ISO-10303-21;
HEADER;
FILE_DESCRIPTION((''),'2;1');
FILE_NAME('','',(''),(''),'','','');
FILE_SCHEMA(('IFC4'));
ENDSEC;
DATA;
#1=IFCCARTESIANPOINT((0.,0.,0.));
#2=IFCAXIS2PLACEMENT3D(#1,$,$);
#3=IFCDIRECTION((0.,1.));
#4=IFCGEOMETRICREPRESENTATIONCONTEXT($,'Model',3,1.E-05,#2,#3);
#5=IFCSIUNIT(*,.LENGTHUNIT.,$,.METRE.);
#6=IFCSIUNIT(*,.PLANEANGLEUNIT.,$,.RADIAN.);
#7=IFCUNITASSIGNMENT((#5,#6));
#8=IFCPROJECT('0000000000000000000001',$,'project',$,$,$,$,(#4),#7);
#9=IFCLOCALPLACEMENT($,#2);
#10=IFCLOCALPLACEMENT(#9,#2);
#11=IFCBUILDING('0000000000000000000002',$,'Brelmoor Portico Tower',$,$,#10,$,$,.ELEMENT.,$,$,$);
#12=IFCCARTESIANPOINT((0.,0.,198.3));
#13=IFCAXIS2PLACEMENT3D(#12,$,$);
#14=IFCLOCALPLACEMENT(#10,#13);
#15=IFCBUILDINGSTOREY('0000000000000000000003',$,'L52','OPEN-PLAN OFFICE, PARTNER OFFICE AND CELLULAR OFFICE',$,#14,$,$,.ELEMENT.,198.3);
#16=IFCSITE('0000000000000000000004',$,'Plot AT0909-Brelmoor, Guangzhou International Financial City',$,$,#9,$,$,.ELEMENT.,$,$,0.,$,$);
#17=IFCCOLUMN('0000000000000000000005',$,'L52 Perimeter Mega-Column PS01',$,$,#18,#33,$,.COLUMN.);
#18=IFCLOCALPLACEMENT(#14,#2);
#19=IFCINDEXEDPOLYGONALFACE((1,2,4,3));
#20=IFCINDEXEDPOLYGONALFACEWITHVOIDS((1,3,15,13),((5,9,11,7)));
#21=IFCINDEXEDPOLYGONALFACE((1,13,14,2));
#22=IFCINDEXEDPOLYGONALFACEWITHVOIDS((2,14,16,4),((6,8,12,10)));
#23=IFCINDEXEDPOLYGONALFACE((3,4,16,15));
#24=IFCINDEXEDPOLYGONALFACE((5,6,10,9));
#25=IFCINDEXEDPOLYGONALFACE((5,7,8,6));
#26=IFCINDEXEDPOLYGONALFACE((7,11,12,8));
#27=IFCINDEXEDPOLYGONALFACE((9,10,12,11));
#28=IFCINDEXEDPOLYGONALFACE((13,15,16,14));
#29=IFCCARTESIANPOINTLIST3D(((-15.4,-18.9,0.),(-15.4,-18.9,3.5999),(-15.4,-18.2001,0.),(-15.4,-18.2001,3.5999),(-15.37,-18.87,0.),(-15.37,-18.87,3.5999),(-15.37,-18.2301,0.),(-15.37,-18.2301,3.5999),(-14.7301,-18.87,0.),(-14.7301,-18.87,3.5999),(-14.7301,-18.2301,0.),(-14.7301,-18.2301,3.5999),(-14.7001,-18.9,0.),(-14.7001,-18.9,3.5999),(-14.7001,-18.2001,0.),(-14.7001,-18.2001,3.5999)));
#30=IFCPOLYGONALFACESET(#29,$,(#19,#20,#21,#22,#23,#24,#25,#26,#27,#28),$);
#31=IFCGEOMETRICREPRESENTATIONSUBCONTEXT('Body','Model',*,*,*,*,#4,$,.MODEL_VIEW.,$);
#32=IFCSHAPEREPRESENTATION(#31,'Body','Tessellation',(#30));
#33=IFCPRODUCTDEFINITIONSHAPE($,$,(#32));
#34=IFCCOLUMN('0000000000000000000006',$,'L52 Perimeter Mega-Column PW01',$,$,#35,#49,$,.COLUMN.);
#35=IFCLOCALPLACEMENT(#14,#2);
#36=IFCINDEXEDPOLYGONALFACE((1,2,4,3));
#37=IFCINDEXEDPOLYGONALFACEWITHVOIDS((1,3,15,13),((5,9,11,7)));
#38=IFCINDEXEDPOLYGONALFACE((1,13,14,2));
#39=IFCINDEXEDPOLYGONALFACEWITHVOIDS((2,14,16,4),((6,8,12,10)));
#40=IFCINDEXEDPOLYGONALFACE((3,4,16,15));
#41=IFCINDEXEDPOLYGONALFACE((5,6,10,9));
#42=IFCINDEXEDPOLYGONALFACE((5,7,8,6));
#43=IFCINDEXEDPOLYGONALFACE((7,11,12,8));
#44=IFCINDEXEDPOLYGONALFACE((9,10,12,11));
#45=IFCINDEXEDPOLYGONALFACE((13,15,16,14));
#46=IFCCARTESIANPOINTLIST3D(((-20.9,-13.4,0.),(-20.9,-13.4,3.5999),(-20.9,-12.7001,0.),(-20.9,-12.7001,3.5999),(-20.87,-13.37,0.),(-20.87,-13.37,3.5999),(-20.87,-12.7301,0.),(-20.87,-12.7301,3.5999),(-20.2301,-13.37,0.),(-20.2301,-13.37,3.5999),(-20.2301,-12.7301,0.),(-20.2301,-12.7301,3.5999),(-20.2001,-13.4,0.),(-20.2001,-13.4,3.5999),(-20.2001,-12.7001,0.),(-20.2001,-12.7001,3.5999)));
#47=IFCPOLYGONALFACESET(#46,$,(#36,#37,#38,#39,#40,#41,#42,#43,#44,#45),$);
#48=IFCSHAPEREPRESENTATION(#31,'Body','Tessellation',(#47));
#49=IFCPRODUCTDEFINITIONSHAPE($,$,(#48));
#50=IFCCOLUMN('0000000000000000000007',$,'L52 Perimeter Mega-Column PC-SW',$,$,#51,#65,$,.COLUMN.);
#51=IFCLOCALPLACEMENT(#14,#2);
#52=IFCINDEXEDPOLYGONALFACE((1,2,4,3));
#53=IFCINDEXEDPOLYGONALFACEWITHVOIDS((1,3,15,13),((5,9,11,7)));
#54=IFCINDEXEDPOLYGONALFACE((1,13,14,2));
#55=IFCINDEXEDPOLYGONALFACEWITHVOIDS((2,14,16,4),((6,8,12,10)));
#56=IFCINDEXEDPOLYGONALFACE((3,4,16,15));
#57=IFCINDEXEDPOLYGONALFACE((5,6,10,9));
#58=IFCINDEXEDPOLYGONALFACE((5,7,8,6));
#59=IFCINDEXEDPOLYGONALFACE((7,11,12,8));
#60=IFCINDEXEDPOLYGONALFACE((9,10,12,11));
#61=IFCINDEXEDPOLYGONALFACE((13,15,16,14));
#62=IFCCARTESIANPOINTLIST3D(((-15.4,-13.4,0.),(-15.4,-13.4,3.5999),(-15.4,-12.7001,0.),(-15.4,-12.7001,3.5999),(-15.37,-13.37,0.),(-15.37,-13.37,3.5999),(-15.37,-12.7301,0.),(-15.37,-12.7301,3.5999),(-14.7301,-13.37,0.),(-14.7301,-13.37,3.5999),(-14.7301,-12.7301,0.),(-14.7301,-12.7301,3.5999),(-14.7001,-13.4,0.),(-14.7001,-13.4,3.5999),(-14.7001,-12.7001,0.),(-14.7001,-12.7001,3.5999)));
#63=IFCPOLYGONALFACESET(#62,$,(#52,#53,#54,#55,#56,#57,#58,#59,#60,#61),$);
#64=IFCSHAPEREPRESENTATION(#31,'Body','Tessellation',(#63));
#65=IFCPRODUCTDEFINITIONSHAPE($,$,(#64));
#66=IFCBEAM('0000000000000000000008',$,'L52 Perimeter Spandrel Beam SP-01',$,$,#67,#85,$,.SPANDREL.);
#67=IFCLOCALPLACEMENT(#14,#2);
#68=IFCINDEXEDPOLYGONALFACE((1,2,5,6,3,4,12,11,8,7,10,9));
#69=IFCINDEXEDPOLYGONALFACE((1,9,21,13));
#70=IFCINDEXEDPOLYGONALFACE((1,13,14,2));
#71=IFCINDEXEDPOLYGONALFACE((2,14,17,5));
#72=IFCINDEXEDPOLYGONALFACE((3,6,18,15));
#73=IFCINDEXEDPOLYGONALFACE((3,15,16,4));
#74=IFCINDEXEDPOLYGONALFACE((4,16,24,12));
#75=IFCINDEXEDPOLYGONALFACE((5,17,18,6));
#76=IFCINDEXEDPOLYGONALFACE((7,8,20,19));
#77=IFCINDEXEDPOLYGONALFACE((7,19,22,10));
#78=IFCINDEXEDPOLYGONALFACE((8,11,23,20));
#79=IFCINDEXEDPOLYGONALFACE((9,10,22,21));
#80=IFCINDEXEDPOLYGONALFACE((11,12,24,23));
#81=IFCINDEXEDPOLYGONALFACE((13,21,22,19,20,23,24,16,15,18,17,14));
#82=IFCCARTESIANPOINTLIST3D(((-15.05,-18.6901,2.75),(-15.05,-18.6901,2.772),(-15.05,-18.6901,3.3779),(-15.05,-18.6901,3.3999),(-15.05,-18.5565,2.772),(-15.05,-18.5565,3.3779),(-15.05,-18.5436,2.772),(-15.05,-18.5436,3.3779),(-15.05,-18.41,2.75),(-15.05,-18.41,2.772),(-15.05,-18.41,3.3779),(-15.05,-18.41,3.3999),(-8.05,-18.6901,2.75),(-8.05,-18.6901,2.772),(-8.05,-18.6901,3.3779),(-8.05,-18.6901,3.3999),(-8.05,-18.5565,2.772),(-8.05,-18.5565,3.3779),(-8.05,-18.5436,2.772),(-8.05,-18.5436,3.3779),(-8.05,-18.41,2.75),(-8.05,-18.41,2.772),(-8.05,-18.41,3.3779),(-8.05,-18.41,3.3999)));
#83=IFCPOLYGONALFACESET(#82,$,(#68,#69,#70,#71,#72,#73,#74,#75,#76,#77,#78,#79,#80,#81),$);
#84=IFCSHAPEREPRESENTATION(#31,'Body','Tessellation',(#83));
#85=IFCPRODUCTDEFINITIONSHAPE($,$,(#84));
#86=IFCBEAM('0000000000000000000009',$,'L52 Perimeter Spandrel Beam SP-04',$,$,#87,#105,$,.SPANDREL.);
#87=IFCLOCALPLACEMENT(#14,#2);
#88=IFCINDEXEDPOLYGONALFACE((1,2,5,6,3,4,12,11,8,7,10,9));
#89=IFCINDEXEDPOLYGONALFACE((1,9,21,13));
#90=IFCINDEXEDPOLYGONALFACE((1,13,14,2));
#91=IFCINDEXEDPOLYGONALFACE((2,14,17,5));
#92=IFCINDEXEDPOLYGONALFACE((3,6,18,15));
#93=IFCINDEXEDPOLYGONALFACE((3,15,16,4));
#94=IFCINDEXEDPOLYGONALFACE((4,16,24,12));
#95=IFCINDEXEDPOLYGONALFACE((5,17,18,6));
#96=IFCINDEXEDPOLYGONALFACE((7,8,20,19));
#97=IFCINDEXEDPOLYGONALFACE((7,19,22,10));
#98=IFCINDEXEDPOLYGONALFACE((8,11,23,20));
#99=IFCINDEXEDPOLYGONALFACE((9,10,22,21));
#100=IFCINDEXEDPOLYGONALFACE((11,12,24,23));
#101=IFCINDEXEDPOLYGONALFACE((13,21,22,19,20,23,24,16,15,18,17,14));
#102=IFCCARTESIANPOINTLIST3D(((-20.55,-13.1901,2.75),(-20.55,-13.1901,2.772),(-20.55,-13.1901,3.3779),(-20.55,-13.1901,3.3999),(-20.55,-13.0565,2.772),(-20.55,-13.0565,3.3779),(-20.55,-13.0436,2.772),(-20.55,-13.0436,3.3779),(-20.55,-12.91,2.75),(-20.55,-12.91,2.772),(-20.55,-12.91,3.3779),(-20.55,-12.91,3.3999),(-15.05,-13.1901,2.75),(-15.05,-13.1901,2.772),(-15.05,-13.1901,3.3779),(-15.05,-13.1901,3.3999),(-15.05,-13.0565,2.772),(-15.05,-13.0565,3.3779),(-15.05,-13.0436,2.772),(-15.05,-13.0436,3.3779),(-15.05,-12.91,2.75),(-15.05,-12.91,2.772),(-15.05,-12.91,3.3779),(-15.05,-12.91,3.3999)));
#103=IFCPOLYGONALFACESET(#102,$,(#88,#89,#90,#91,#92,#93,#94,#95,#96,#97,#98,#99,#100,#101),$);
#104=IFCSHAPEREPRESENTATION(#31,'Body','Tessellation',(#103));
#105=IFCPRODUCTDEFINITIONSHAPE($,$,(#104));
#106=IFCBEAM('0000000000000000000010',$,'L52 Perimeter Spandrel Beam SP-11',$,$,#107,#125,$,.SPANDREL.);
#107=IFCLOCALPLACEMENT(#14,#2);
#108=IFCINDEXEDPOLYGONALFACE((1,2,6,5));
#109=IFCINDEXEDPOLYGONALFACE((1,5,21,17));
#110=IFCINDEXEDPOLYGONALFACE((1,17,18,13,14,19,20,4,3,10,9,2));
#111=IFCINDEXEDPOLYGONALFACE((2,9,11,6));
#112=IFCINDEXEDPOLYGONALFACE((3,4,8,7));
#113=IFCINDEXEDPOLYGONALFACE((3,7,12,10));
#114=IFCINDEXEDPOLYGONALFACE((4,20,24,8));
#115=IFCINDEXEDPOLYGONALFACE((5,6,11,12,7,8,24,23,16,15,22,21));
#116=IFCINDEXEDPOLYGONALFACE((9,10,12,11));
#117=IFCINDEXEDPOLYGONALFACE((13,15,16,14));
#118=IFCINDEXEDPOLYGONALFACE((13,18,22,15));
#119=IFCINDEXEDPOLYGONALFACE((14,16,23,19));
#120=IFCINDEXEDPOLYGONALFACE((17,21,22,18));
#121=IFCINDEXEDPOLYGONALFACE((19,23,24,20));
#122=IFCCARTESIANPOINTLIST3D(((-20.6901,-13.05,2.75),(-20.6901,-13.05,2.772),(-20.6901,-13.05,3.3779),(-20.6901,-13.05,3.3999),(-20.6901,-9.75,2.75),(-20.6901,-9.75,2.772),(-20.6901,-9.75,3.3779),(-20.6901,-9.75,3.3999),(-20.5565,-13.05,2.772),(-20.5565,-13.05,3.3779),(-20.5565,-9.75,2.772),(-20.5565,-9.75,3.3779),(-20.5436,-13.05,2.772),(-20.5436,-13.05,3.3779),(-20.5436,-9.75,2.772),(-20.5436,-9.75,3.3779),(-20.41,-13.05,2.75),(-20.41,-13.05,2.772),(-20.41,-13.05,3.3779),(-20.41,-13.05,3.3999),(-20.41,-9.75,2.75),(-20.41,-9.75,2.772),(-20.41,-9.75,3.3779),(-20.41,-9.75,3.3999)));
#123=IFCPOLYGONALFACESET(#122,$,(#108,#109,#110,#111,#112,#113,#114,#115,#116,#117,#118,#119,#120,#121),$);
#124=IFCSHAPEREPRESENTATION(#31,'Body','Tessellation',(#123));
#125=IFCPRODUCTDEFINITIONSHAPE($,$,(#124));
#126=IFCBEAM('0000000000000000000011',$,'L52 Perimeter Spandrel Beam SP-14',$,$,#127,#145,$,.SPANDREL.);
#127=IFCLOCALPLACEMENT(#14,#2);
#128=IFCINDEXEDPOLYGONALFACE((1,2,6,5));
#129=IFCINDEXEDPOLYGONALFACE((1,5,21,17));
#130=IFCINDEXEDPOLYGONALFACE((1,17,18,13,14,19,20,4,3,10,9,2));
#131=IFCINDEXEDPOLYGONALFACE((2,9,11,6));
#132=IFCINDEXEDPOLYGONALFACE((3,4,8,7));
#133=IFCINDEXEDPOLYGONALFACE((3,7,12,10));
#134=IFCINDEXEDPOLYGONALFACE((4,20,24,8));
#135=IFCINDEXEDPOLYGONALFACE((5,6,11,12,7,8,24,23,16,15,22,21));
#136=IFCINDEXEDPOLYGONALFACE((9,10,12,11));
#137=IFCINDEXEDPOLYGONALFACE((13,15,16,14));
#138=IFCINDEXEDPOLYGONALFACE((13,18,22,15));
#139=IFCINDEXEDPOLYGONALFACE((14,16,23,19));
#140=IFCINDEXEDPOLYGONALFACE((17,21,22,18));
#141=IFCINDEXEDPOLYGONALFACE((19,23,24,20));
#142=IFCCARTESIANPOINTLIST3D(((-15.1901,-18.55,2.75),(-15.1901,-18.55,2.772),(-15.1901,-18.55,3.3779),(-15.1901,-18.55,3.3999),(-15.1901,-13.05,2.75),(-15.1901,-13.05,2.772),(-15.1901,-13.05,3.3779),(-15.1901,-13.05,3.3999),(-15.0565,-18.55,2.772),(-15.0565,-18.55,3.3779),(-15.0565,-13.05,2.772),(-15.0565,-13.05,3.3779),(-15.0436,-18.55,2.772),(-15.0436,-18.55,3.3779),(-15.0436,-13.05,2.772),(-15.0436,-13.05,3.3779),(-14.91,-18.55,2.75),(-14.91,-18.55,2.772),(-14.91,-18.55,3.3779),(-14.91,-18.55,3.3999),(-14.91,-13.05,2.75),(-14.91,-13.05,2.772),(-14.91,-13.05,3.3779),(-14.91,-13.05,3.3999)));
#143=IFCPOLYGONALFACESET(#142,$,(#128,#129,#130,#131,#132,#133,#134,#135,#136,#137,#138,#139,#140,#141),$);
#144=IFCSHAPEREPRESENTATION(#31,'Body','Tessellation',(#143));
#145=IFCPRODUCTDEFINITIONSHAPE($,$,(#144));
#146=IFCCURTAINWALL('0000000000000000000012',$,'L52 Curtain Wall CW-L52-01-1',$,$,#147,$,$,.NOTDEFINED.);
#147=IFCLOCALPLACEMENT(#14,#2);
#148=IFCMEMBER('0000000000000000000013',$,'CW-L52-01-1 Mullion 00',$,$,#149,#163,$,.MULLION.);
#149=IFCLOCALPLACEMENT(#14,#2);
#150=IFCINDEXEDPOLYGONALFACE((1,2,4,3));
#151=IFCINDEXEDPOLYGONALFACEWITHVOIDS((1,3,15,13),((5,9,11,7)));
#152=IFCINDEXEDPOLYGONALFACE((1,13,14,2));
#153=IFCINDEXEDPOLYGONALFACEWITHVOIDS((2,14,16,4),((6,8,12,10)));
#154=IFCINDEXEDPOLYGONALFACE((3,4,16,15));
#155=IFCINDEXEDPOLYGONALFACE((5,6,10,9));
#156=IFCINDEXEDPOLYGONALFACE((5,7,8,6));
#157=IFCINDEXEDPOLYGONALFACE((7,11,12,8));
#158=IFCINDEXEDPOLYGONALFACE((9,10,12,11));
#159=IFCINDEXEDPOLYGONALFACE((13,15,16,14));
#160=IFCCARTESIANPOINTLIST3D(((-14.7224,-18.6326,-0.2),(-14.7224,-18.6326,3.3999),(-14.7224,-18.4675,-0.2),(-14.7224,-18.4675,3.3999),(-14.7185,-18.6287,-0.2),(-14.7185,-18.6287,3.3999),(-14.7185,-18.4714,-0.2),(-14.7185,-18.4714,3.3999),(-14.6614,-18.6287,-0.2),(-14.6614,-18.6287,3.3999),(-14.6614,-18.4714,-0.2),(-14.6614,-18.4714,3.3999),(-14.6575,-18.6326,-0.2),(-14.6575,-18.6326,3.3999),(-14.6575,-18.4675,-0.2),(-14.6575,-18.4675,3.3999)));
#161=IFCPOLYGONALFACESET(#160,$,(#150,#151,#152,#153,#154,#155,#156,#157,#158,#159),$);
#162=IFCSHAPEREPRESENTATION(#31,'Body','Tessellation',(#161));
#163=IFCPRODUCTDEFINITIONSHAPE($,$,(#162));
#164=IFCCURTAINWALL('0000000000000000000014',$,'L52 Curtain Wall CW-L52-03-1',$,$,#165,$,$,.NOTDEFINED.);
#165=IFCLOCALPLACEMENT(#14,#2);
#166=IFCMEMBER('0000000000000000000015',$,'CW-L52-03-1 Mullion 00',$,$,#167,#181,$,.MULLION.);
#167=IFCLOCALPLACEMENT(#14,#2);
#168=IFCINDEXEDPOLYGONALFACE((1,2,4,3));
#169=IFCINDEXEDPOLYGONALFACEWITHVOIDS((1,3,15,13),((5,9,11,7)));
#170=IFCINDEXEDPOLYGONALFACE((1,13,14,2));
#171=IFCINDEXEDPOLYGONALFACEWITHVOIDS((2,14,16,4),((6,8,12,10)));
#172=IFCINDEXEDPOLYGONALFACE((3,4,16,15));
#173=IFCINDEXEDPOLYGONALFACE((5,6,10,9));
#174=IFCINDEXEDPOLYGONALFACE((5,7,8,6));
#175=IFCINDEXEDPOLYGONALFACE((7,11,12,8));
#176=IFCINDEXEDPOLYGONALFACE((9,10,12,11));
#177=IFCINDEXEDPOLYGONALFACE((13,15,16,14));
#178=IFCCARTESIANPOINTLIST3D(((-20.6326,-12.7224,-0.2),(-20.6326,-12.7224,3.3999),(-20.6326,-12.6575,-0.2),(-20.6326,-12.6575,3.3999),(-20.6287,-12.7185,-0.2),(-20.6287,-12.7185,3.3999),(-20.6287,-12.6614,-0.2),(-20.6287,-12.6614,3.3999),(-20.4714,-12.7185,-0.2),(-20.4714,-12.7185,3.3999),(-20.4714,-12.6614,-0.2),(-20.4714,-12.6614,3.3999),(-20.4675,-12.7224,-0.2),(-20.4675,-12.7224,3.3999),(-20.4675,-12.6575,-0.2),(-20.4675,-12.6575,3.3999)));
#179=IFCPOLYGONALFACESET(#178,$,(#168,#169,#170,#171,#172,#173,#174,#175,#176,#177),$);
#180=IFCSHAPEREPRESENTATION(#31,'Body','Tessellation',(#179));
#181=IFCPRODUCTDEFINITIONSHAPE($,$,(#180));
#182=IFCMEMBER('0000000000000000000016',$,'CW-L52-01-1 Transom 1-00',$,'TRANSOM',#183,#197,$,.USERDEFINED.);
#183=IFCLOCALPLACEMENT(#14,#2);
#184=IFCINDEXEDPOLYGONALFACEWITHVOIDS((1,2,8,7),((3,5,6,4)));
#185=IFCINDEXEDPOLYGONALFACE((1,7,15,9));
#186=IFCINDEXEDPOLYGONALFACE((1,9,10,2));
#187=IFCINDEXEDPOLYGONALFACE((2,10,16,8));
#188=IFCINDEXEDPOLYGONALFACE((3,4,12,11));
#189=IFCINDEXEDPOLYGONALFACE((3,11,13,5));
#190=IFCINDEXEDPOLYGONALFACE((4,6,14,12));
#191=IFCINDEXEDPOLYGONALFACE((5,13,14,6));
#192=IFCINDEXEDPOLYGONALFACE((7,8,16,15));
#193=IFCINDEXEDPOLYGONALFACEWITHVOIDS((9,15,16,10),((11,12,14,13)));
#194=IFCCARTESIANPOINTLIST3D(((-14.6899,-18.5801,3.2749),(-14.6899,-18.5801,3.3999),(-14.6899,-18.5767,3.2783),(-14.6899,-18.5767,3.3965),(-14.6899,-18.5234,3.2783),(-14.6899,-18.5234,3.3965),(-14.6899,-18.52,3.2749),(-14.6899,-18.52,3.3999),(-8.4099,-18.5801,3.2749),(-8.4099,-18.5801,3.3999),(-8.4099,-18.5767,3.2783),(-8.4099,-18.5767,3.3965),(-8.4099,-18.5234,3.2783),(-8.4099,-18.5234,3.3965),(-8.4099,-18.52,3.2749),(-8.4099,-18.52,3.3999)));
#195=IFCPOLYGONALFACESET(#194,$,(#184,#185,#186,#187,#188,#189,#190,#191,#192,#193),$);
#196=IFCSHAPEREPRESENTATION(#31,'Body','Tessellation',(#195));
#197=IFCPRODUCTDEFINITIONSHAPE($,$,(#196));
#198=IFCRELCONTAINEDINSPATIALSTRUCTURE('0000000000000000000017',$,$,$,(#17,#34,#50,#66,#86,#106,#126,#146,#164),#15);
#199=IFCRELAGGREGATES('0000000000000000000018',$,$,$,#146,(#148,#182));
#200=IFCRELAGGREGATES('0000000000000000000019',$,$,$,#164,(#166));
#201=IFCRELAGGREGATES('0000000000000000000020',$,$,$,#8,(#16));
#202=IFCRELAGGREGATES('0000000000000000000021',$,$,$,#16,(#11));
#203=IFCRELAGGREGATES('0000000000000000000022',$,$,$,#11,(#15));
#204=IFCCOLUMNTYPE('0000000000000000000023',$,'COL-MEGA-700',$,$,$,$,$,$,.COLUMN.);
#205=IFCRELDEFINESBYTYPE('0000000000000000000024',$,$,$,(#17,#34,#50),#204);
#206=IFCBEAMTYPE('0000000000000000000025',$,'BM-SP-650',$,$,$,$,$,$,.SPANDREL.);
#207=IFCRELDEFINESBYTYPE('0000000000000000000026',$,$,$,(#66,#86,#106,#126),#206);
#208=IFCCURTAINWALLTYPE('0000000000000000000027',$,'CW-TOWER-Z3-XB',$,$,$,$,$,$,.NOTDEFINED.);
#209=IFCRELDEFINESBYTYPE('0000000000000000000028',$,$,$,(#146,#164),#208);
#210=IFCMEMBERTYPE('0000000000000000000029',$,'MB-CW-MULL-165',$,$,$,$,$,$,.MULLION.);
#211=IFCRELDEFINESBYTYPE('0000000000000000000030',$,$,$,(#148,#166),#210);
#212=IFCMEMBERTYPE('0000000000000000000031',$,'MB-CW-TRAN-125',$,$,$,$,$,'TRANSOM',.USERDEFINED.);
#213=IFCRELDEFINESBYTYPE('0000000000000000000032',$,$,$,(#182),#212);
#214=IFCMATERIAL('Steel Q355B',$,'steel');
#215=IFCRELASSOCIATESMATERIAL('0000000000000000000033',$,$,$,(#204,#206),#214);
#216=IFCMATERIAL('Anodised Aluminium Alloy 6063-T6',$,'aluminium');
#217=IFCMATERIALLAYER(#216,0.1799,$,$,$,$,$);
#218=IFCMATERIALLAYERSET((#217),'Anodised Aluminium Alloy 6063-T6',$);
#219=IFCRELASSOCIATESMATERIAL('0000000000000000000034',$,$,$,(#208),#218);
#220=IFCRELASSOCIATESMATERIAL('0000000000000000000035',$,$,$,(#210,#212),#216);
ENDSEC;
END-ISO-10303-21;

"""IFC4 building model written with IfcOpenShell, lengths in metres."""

from ifc_helpers import new_model, si_unit, direction, frame, origin, origin_2d, place, context, subcontext, project, spatial, hollow_rectangle, i_section, extrude, material, layer, layer_set, material_profile, profile_set, type_object, element, aggregate, save


model = new_model("IFC4")

# Units and contexts
model_context = context("Model", 3, precision=1e-05, world=origin(), true_north=direction((0.0, 1.0)))
body_context = subcontext(model_context, "Body", "Model", "MODEL_VIEW")
ifc_project = project(units=[si_unit("LENGTHUNIT", "METRE"), si_unit("PLANEANGLEUNIT", "RADIAN")], contexts=[model_context])

# Site, building, storey
site_placement = place(None, origin())
site = spatial("IfcSite", under=ifc_project, at=site_placement, Name="Plot AT0909-Brelmoor, Guangzhou International Financial City", CompositionType="ELEMENT", RefElevation=0.0)
building_placement = place(site_placement, origin())
building = spatial("IfcBuilding", under=site, at=building_placement, Name="Brelmoor Portico Tower", CompositionType="ELEMENT")
storey_placement = place(building_placement, frame((0.0, 0.0, 198.3)))
storey = spatial("IfcBuildingStorey", under=building, at=storey_placement, Name="L52", Description="OPEN-PLAN OFFICE, PARTNER OFFICE AND CELLULAR OFFICE", CompositionType="ELEMENT", Elevation=198.3)

# Columns
ifc_material_1 = material(Name="Steel Q355B", Category="steel")
ifc_material_profile_1 = material_profile(ifc_material_1, hollow_rectangle(XDim=0.7, YDim=0.7, WallThickness=0.03, at=origin_2d()), Name="BOX 700x700x30")
ifc_profile_set_1 = profile_set([ifc_material_profile_1], Name="Steel Q355B")
column_type = type_object("IfcColumnType", Name="COL-MEGA-700", PredefinedType="COLUMN", material=ifc_profile_set_1)
for number, where, z_axis, x_axis, name in (
    (1, (-15.05, -18.55, 0.0), (0.0, 0.0, 1.0), (1.0, 0.0, 0.0), "L52 Perimeter Mega-Column PS01"),
    (2, (-20.55, -13.05, 0.0), (0.0, 0.0, 1.0), (0.0, 1.0, 0.0), "L52 Perimeter Mega-Column PW01"),
    (3, (-15.05, -13.05, 0.0), (0.0, 0.0, 1.0), (1.0, 0.0, 0.0), "L52 Perimeter Mega-Column PC-SW"),
):
    element("IfcColumn", number, at=place(storey_placement, frame(where, z_axis=z_axis, x_axis=x_axis)), inside=storey, type_object=column_type, Name=name, PredefinedType="COLUMN", context=body_context, shape_type="SweptSolid", body=[
        extrude(hollow_rectangle(XDim=0.7, YDim=0.7, WallThickness=0.03, at=origin_2d()), origin(), (0.0, 0.0, 1.0), 3.5999),
    ])

# Beams
ifc_material_profile_2 = material_profile(ifc_material_1, i_section(OverallWidth=0.28, OverallDepth=0.6499, WebThickness=0.0129, FlangeThickness=0.022, at=origin_2d()), Name="HN 650x280x13x22")
ifc_profile_set_2 = profile_set([ifc_material_profile_2], Name="Steel Q355B")
beam_type = type_object("IfcBeamType", Name="BM-SP-650", PredefinedType="SPANDREL", material=ifc_profile_set_2)
beam_1_placement = place(storey_placement, frame((-15.05, -18.55, 3.075), z_axis=(1.0, 0.0, 0.0), x_axis=(0.0, 1.0, 0.0)))
element("IfcBeam", 4, at=beam_1_placement, inside=storey, type_object=beam_type, Name="L52 Perimeter Spandrel Beam SP-01", PredefinedType="SPANDREL", context=body_context, shape_type="SweptSolid", body=[
    extrude(i_section(OverallWidth=0.28, OverallDepth=0.6499, WebThickness=0.0129, FlangeThickness=0.022, at=origin_2d()), origin(), (0.0, 0.0, 1.0), 7.0),
])
beam_2_placement = place(storey_placement, frame((-20.55, -13.05, 3.075), z_axis=(1.0, 0.0, 0.0), x_axis=(0.0, 1.0, 0.0)))
element("IfcBeam", 5, at=beam_2_placement, inside=storey, type_object=beam_type, Name="L52 Perimeter Spandrel Beam SP-04", PredefinedType="SPANDREL", context=body_context, shape_type="SweptSolid", body=[
    extrude(i_section(OverallWidth=0.28, OverallDepth=0.6499, WebThickness=0.0129, FlangeThickness=0.022, at=origin_2d()), origin(), (0.0, 0.0, 1.0), 5.5),
])
beam_3_placement = place(storey_placement, frame((-20.55, -13.05, 3.075), z_axis=(0.0, 1.0, 0.0), x_axis=(-1.0, 0.0, 0.0)))
element("IfcBeam", 6, at=beam_3_placement, inside=storey, type_object=beam_type, Name="L52 Perimeter Spandrel Beam SP-11", PredefinedType="SPANDREL", context=body_context, shape_type="SweptSolid", body=[
    extrude(i_section(OverallWidth=0.28, OverallDepth=0.6499, WebThickness=0.0129, FlangeThickness=0.022, at=origin_2d()), origin(), (0.0, 0.0, 1.0), 3.3),
])
beam_4_placement = place(storey_placement, frame((-15.05, -18.55, 3.075), z_axis=(0.0, 1.0, 0.0), x_axis=(-1.0, 0.0, 0.0)))
element("IfcBeam", 7, at=beam_4_placement, inside=storey, type_object=beam_type, Name="L52 Perimeter Spandrel Beam SP-14", PredefinedType="SPANDREL", context=body_context, shape_type="SweptSolid", body=[
    extrude(i_section(OverallWidth=0.28, OverallDepth=0.6499, WebThickness=0.0129, FlangeThickness=0.022, at=origin_2d()), origin(), (0.0, 0.0, 1.0), 5.5),
])

# Curtain walls, members
ifc_material_2 = material(Name="Anodised Aluminium Alloy 6063-T6", Category="aluminium")
ifc_layer_1 = layer(ifc_material_2, 0.1799)
ifc_layer_set_1 = layer_set([ifc_layer_1], Name="Anodised Aluminium Alloy 6063-T6")
curtain_wall_type = type_object("IfcCurtainWallType", Name="CW-TOWER-Z3-XB", PredefinedType="NOTDEFINED", material=ifc_layer_set_1)
curtain_wall_1_placement = place(storey_placement, origin())
curtain_wall_1 = element("IfcCurtainWall", 8, at=curtain_wall_1_placement, inside=storey, type_object=curtain_wall_type, Name="L52 Curtain Wall CW-L52-01-1", PredefinedType="NOTDEFINED")
ifc_material_profile_3 = material_profile(ifc_material_2, hollow_rectangle(XDim=0.0649, YDim=0.165, WallThickness=0.0039, at=origin_2d()), Name="ALU MULLION 65x165")
ifc_profile_set_3 = profile_set([ifc_material_profile_3], Name="Anodised Aluminium Alloy 6063-T6")
member_type_1 = type_object("IfcMemberType", Name="MB-CW-MULL-165", PredefinedType="MULLION", material=ifc_profile_set_3)
member_1_placement = place(storey_placement, frame((-14.6899, -18.55, -0.2), z_axis=(0.0, 0.0, 1.0), x_axis=(1.0, 0.0, 0.0)))
member_1 = element("IfcMember", 9, at=member_1_placement, type_object=member_type_1, Name="CW-L52-01-1 Mullion 00", PredefinedType="MULLION", context=body_context, shape_type="SweptSolid", body=[
    extrude(hollow_rectangle(XDim=0.0649, YDim=0.165, WallThickness=0.0039, at=origin_2d()), origin(), (0.0, 0.0, 1.0), 3.5999),
])
curtain_wall_2_placement = place(storey_placement, origin())
curtain_wall_2 = element("IfcCurtainWall", 10, at=curtain_wall_2_placement, inside=storey, type_object=curtain_wall_type, Name="L52 Curtain Wall CW-L52-03-1", PredefinedType="NOTDEFINED")
member_2_placement = place(storey_placement, frame((-20.55, -12.6899, -0.2), z_axis=(0.0, 0.0, 1.0), x_axis=(0.0, 1.0, 0.0)))
member_2 = element("IfcMember", 11, at=member_2_placement, type_object=member_type_1, Name="CW-L52-03-1 Mullion 00", PredefinedType="MULLION", context=body_context, shape_type="SweptSolid", body=[
    extrude(hollow_rectangle(XDim=0.0649, YDim=0.165, WallThickness=0.0039, at=origin_2d()), origin(), (0.0, 0.0, 1.0), 3.5999),
])

# Member
ifc_material_profile_4 = material_profile(ifc_material_2, hollow_rectangle(XDim=0.0601, YDim=0.125, WallThickness=0.0034, at=origin_2d()), Name="ALU TRANSOM 60x125")
ifc_profile_set_4 = profile_set([ifc_material_profile_4], Name="Anodised Aluminium Alloy 6063-T6")
member_type_2 = type_object("IfcMemberType", Name="MB-CW-TRAN-125", ElementType="TRANSOM", PredefinedType="USERDEFINED", material=ifc_profile_set_4)
member_3_placement = place(storey_placement, frame((-14.6899, -18.55, 3.3374), z_axis=(1.0, 0.0, 0.0), x_axis=(0.0, 1.0, 0.0)))
member_3 = element("IfcMember", 12, at=member_3_placement, type_object=member_type_2, Name="CW-L52-01-1 Transom 1-00", ObjectType="TRANSOM", PredefinedType="USERDEFINED", context=body_context, shape_type="SweptSolid", body=[
    extrude(hollow_rectangle(XDim=0.0601, YDim=0.125, WallThickness=0.0034, at=origin_2d()), origin(), (0.0, 0.0, 1.0), 6.28),
])
aggregate(curtain_wall_1, [member_1, member_3])

aggregate(curtain_wall_2, [member_2])

save(model, "model.ifc")
